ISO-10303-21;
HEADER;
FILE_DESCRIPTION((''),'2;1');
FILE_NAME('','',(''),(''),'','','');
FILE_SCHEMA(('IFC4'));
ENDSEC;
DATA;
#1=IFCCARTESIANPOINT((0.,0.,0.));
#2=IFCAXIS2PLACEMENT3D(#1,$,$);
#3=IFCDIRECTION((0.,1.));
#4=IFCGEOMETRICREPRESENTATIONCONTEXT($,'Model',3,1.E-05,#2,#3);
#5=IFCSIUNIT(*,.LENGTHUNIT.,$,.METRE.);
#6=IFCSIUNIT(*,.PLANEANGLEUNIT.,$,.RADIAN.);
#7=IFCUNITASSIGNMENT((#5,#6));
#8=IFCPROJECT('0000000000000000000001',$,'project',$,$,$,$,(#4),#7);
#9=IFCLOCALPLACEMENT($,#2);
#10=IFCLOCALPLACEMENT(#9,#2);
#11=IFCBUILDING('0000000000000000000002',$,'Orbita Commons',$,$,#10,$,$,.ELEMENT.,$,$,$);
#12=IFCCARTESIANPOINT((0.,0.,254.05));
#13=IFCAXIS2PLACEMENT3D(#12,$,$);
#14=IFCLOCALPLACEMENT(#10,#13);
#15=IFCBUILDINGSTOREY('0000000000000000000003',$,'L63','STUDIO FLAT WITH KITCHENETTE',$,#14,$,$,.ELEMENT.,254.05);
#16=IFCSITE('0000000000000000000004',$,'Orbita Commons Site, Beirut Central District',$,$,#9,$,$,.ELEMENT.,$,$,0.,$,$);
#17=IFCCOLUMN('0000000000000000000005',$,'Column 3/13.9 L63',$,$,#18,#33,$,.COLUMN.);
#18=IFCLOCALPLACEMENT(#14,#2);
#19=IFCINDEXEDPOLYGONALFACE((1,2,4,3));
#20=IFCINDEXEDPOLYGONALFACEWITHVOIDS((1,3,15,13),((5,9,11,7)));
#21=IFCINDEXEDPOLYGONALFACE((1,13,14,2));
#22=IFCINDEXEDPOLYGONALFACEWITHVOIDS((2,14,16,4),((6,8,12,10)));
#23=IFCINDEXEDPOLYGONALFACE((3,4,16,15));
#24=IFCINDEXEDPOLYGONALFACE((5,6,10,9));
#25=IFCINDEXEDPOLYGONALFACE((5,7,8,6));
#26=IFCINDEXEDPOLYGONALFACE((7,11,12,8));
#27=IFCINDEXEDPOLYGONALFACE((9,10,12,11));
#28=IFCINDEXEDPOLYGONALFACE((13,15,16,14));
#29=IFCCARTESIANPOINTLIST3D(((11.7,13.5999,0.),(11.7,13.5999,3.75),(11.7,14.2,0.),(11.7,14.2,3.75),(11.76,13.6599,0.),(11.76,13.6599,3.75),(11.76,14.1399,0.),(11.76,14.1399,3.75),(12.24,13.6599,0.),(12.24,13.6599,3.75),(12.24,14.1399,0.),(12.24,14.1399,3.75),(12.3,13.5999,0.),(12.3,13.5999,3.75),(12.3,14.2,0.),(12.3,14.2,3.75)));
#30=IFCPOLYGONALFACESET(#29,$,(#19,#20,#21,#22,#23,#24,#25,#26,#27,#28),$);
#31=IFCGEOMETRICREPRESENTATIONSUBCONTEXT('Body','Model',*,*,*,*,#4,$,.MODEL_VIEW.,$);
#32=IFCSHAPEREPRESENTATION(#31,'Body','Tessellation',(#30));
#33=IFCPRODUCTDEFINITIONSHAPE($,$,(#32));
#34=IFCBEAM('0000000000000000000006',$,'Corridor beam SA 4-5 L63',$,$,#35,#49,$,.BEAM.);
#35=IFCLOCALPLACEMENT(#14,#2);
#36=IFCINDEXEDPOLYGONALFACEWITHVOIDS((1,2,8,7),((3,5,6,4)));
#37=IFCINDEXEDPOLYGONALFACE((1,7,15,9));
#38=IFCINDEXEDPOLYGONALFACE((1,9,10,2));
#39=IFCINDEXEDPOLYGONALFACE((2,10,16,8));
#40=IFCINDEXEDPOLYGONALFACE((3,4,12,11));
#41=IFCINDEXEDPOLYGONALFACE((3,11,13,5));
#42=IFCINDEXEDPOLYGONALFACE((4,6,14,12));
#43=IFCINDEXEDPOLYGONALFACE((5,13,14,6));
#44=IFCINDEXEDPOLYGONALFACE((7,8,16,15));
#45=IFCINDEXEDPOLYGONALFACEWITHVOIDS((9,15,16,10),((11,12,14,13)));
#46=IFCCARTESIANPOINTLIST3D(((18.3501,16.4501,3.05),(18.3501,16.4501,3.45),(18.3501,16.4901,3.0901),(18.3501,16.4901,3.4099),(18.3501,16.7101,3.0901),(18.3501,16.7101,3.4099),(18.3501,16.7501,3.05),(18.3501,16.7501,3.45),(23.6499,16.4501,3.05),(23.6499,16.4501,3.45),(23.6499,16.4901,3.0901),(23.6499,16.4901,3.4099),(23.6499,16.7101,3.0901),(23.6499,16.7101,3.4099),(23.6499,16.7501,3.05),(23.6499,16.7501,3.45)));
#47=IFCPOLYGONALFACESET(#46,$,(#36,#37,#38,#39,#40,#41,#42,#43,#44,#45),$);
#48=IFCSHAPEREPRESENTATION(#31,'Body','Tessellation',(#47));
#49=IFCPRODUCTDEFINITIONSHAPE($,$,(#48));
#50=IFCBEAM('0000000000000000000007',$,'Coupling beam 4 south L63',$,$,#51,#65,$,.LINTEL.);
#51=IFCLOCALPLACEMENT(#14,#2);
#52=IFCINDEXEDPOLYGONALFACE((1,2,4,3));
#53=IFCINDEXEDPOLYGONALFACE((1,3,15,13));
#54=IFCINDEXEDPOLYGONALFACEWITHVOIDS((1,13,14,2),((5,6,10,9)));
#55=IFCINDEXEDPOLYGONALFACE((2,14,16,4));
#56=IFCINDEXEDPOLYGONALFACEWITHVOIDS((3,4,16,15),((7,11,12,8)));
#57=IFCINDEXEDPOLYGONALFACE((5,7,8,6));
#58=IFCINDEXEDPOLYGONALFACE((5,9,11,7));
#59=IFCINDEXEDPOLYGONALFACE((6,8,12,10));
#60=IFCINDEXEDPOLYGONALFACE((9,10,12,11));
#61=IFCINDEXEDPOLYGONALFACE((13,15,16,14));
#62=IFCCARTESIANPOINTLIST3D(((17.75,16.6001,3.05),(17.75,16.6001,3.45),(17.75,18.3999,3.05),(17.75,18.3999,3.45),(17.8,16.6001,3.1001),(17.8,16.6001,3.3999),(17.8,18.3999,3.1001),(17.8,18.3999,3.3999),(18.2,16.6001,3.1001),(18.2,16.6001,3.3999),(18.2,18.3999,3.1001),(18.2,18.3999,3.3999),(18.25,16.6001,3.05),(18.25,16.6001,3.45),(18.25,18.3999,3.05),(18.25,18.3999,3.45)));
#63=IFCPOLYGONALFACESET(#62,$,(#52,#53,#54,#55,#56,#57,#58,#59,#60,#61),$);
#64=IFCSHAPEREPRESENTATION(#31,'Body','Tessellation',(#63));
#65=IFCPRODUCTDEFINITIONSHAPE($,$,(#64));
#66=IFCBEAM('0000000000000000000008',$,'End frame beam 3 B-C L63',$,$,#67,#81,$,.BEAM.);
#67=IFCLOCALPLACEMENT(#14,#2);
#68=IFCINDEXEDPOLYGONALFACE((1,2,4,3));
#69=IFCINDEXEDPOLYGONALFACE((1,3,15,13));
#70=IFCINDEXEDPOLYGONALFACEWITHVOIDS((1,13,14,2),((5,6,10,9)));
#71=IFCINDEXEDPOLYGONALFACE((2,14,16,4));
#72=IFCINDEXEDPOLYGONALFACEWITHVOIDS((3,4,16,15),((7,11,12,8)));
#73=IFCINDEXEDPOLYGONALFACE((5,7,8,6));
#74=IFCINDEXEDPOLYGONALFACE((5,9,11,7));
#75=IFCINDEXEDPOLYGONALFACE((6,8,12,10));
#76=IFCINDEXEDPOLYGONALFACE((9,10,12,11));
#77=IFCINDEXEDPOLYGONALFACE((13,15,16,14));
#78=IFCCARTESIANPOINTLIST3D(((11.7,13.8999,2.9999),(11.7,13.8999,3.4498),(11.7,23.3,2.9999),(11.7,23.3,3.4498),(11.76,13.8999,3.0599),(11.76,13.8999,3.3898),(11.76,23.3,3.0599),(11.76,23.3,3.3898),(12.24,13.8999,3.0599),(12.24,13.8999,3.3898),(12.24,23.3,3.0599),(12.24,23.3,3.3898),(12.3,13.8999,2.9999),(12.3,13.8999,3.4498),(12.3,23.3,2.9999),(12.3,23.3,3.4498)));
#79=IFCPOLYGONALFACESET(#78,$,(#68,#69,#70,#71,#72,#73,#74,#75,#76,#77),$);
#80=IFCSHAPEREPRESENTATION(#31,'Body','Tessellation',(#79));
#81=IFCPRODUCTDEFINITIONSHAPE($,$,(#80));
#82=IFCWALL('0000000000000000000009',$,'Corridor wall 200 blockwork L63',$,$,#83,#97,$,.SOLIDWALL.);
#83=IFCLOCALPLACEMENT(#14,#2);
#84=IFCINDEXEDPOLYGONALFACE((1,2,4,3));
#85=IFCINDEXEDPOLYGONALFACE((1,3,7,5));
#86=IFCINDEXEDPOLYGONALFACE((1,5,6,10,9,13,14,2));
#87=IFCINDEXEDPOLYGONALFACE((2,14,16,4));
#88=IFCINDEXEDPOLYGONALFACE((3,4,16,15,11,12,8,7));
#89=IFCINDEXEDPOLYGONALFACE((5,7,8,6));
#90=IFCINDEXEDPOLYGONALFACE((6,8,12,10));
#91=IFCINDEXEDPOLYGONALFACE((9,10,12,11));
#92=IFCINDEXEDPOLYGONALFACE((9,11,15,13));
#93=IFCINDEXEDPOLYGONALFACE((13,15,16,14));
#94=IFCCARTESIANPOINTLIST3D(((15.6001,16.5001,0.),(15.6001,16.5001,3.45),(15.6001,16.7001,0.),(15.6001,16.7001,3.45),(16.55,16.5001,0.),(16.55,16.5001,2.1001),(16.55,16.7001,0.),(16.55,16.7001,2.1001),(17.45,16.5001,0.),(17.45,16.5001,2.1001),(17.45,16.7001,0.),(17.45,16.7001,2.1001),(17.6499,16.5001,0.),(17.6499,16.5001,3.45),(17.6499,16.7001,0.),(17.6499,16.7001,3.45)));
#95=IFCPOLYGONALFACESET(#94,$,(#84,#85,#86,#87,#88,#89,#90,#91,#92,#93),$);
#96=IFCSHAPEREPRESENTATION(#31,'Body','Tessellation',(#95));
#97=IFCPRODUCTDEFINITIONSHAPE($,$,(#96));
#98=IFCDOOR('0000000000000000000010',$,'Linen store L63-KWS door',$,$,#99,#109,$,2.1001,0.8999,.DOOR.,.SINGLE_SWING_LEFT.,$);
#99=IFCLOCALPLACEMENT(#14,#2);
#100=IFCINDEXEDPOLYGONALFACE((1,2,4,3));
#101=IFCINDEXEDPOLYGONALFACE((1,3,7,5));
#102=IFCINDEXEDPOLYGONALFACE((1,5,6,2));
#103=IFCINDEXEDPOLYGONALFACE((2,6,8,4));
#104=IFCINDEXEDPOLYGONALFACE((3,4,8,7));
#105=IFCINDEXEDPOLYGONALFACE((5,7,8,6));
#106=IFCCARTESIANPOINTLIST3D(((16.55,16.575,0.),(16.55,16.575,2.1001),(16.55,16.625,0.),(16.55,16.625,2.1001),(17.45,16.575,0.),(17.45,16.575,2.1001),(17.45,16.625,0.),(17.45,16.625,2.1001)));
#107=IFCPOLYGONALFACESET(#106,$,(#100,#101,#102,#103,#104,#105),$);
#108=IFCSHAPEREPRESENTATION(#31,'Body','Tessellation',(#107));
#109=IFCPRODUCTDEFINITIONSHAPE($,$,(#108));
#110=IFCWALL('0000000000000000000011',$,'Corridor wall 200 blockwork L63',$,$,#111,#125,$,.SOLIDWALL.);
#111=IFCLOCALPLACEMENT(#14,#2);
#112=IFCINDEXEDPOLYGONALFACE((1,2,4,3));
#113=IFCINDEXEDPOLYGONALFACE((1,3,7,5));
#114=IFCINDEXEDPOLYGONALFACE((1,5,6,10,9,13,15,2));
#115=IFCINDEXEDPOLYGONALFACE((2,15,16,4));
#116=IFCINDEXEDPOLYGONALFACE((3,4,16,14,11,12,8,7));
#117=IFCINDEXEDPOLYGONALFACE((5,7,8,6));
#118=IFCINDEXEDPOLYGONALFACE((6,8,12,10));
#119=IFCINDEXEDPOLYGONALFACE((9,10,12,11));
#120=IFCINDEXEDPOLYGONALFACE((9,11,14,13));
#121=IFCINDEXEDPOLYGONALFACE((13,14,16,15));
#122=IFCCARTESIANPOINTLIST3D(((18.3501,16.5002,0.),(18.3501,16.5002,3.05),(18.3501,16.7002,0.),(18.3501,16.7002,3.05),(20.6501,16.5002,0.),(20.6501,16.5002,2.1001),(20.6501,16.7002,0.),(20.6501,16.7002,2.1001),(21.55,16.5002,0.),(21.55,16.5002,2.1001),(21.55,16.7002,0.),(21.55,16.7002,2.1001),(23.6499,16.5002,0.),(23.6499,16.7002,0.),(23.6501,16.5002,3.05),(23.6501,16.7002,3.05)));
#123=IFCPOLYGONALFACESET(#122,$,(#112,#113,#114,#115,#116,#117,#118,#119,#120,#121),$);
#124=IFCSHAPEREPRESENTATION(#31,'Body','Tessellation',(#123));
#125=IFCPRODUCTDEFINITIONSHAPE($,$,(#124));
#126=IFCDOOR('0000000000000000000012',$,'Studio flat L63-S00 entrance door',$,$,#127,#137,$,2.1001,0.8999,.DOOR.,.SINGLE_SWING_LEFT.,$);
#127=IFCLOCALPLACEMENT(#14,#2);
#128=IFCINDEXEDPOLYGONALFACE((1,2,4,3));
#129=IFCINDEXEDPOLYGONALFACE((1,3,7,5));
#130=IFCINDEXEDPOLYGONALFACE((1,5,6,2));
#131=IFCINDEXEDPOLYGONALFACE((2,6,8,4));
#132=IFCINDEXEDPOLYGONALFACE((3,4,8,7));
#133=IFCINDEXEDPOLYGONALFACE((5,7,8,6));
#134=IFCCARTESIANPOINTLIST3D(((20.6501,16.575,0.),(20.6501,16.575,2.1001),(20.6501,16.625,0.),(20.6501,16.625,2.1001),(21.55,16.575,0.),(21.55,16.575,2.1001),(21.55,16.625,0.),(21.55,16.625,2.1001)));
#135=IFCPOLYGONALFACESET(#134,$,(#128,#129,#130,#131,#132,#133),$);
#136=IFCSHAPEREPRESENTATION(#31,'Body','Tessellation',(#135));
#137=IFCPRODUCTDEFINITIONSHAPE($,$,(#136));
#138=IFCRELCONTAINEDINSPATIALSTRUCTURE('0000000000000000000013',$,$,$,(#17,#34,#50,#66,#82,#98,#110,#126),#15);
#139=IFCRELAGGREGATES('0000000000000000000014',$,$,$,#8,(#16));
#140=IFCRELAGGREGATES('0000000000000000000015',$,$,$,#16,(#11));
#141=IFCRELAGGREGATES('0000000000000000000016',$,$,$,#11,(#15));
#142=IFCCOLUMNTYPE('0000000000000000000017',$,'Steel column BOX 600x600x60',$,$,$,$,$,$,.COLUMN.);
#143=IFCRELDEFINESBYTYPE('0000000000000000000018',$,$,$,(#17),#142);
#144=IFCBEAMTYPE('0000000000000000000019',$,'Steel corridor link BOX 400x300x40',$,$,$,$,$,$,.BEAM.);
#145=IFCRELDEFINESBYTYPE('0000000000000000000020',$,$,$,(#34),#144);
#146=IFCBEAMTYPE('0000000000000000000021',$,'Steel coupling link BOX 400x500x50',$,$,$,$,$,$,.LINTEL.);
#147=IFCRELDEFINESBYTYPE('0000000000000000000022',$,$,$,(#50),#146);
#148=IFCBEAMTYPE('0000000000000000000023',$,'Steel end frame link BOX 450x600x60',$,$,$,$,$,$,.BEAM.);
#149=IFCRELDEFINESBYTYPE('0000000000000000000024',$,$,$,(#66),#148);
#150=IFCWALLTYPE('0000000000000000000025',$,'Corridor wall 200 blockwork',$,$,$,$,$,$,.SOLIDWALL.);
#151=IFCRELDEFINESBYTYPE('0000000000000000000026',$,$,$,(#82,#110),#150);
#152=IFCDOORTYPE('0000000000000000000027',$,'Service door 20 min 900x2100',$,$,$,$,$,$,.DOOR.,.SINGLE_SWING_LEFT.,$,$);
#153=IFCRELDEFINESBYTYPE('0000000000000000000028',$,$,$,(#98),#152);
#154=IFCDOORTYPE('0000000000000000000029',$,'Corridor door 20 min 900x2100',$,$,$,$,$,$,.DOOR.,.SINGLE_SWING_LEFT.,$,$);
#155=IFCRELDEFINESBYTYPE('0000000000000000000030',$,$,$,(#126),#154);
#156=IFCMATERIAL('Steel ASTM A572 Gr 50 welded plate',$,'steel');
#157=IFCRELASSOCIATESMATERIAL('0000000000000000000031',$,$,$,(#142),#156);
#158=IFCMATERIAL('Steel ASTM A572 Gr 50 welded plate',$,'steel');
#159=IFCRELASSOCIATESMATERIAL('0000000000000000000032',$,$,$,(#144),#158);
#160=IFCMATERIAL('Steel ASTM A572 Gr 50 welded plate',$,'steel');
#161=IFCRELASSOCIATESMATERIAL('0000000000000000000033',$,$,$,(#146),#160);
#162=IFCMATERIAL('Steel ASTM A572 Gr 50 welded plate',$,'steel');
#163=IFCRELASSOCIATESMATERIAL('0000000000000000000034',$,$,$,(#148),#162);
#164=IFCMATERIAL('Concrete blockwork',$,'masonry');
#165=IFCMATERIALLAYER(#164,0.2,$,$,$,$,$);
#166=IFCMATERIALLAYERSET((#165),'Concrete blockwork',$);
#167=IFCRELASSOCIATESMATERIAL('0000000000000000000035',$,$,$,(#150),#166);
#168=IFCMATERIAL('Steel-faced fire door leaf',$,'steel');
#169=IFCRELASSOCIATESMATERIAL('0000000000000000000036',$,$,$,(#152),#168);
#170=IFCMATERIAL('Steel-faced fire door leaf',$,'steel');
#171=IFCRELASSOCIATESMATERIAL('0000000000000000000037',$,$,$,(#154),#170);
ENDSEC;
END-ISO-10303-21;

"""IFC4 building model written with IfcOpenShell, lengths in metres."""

from ifc_helpers import new_model, si_unit, direction, frame, frame_2d, origin, origin_2d, place, context, subcontext, project, spatial, polyline, rectangle, hollow_rectangle, outline, extrude, material, layer, layer_set, material_profile, profile_set, type_object, element, fill, save


model = new_model("IFC4")

# Units and contexts
model_context = context("Model", 3, precision=1e-05, world=origin(), true_north=direction((0.0, 1.0)))
body_context = subcontext(model_context, "Body", "Model", "MODEL_VIEW")
ifc_project = project(units=[si_unit("LENGTHUNIT", "METRE"), si_unit("PLANEANGLEUNIT", "RADIAN")], contexts=[model_context])

# Site, building, storey
site_placement = place(None, origin())
site = spatial("IfcSite", under=ifc_project, at=site_placement, Name="Orbita Commons Site, Beirut Central District", CompositionType="ELEMENT", RefElevation=0.0)
building_placement = place(site_placement, origin())
building = spatial("IfcBuilding", under=site, at=building_placement, Name="Orbita Commons", CompositionType="ELEMENT")
storey_placement = place(building_placement, frame((0.0, 0.0, 254.05)))
storey = spatial("IfcBuildingStorey", under=building, at=storey_placement, Name="L63", Description="STUDIO FLAT WITH KITCHENETTE", CompositionType="ELEMENT", Elevation=254.05)

# Column
ifc_material_1 = material(Name="Steel ASTM A572 Gr 50 welded plate", Category="steel")
ifc_material_profile_1 = material_profile(ifc_material_1, hollow_rectangle(XDim=0.6001, YDim=0.6001, WallThickness=0.0601, at=origin_2d()), Name="BOX 600x600x60")
ifc_profile_set_1 = profile_set([ifc_material_profile_1], Name="Steel ASTM A572 Gr 50 welded plate")
column_type = type_object("IfcColumnType", Name="Steel column BOX 600x600x60", PredefinedType="COLUMN", material=ifc_profile_set_1)
column_placement = place(storey_placement, frame((12.0, 13.8999, 0.0), z_axis=(0.0, 0.0, 1.0), x_axis=(1.0, 0.0, 0.0)))
element("IfcColumn", 1, at=column_placement, inside=storey, type_object=column_type, Name="Column 3/13.9 L63", PredefinedType="COLUMN", context=body_context, shape_type="SweptSolid", body=[
    extrude(hollow_rectangle(XDim=0.6001, YDim=0.6001, WallThickness=0.0601, at=origin_2d()), origin(), (0.0, 0.0, 1.0), 3.75),
])

# Beams
ifc_material_2 = material(Name="Steel ASTM A572 Gr 50 welded plate", Category="steel")
ifc_material_profile_2 = material_profile(ifc_material_2, hollow_rectangle(XDim=0.3, YDim=0.3999, WallThickness=0.04, at=origin_2d()), Name="BOX 400x300x40")
ifc_profile_set_2 = profile_set([ifc_material_profile_2], Name="Steel ASTM A572 Gr 50 welded plate")
beam_type_1 = type_object("IfcBeamType", Name="Steel corridor link BOX 400x300x40", PredefinedType="BEAM", material=ifc_profile_set_2)
beam_1_placement = place(storey_placement, frame((18.3501, 16.6001, 3.25), z_axis=(1.0, 0.0, 0.0), x_axis=(0.0, 1.0, 0.0)))
element("IfcBeam", 2, at=beam_1_placement, inside=storey, type_object=beam_type_1, Name="Corridor beam SA 4-5 L63", PredefinedType="BEAM", context=body_context, shape_type="SweptSolid", body=[
    extrude(hollow_rectangle(XDim=0.3, YDim=0.3999, WallThickness=0.04, at=origin_2d()), origin(), (0.0, 0.0, 1.0), 5.2998),
])
ifc_material_3 = material(Name="Steel ASTM A572 Gr 50 welded plate", Category="steel")
ifc_material_profile_3 = material_profile(ifc_material_3, hollow_rectangle(XDim=0.5, YDim=0.3999, WallThickness=0.05, at=origin_2d()), Name="BOX 400x500x50")
ifc_profile_set_3 = profile_set([ifc_material_profile_3], Name="Steel ASTM A572 Gr 50 welded plate")
beam_type_2 = type_object("IfcBeamType", Name="Steel coupling link BOX 400x500x50", PredefinedType="LINTEL", material=ifc_profile_set_3)
beam_2_placement = place(storey_placement, frame((18.0, 16.6001, 3.25), z_axis=(0.0, 1.0, 0.0), x_axis=(-1.0, 0.0, 0.0)))
element("IfcBeam", 3, at=beam_2_placement, inside=storey, type_object=beam_type_2, Name="Coupling beam 4 south L63", PredefinedType="LINTEL", context=body_context, shape_type="SweptSolid", body=[
    extrude(hollow_rectangle(XDim=0.5, YDim=0.3999, WallThickness=0.05, at=origin_2d()), origin(), (0.0, 0.0, 1.0), 1.7998),
])
ifc_material_4 = material(Name="Steel ASTM A572 Gr 50 welded plate", Category="steel")
ifc_material_profile_4 = material_profile(ifc_material_4, hollow_rectangle(XDim=0.6001, YDim=0.45, WallThickness=0.0601, at=origin_2d()), Name="BOX 450x600x60")
ifc_profile_set_4 = profile_set([ifc_material_profile_4], Name="Steel ASTM A572 Gr 50 welded plate")
beam_type_3 = type_object("IfcBeamType", Name="Steel end frame link BOX 450x600x60", PredefinedType="BEAM", material=ifc_profile_set_4)
beam_3_placement = place(storey_placement, frame((12.0, 13.8999, 3.2249), z_axis=(0.0, 1.0, 0.0), x_axis=(-1.0, 0.0, 0.0)))
element("IfcBeam", 4, at=beam_3_placement, inside=storey, type_object=beam_type_3, Name="End frame beam 3 B-C L63", PredefinedType="BEAM", context=body_context, shape_type="SweptSolid", body=[
    extrude(hollow_rectangle(XDim=0.6001, YDim=0.45, WallThickness=0.0601, at=origin_2d()), origin(), (0.0, 0.0, 1.0), 9.4001),
])

# Walls, openings, doors
ifc_material_5 = material(Name="Concrete blockwork", Category="masonry")
ifc_layer_1 = layer(ifc_material_5, 0.2)
ifc_layer_set_1 = layer_set([ifc_layer_1], Name="Concrete blockwork")
wall_type_1 = type_object("IfcWallType", Name="Corridor wall 200 blockwork", PredefinedType="SOLIDWALL", material=ifc_layer_set_1)
wall_1_placement = place(storey_placement, frame((15.6001, 16.6001, 0.0), z_axis=(0.0, 0.0, 1.0), x_axis=(1.0, 0.0, 0.0)))
wall_1 = element("IfcWall", 5, at=wall_1_placement, inside=storey, type_object=wall_type_1, Name="Corridor wall 200 blockwork L63", PredefinedType="SOLIDWALL", context=body_context, shape_type="SweptSolid", body=[
    extrude(rectangle(XDim=2.0498, YDim=0.2, at=frame_2d((1.0249, 0.0))), origin(), (0.0, 0.0, 1.0), 3.45),
])
opening_1_placement = place(wall_1_placement, frame((0.95, 0.0, 0.0)))
opening_1 = element("IfcOpeningElement", 6, at=opening_1_placement, cuts=wall_1, PredefinedType="OPENING", context=body_context, shape_type="SweptSolid", body=[
    extrude(rectangle(XDim=0.8999, YDim=2.1001, at=frame_2d((0.45, 1.05))), frame((0.0, 0.1099, 0.0), z_axis=(0.0, -1.0, 0.0), x_axis=(1.0, 0.0, 0.0)), (0.0, 0.0, 1.0), 0.22),
])
ifc_material_6 = material(Name="Steel-faced fire door leaf", Category="steel")
door_type_1 = type_object("IfcDoorType", Name="Service door 20 min 900x2100", OperationType="SINGLE_SWING_LEFT", PredefinedType="DOOR", material=ifc_material_6)
door_1_placement = place(opening_1_placement, origin())
door_1 = element("IfcDoor", 7, at=door_1_placement, inside=storey, type_object=door_type_1, Name="Linen store L63-KWS door", OperationType="SINGLE_SWING_LEFT", OverallHeight=2.1001, OverallWidth=0.8999, PredefinedType="DOOR", context=body_context, shape_type="SweptSolid", body=[
    extrude(rectangle(XDim=0.8999, YDim=2.1001, at=frame_2d((0.45, 1.05))), frame((0.0, 0.0249, 0.0), z_axis=(0.0, -1.0, 0.0), x_axis=(1.0, 0.0, 0.0)), (0.0, 0.0, 1.0), 0.05),
])
fill(opening_1, door_1)
wall_2_placement = place(storey_placement, frame((18.3501, 16.6001, 0.0), z_axis=(0.0, 0.0, 1.0), x_axis=(1.0, 0.0, 0.0)))
wall_2 = element("IfcWall", 8, at=wall_2_placement, inside=storey, type_object=wall_type_1, Name="Corridor wall 200 blockwork L63", PredefinedType="SOLIDWALL", context=body_context, shape_type="SweptSolid", body=[
    extrude(outline(polyline([(0.0, 0.0), (5.2998, 0.0), (5.3, 3.05), (0.0, 3.05), (0.0, 0.0)])), frame((0.0, 0.1001, 0.0), z_axis=(0.0, -1.0, 0.0), x_axis=(1.0, 0.0, 0.0)), (0.0, 0.0, 1.0), 0.2),
])
opening_2_placement = place(wall_2_placement, frame((2.3, 0.0, 0.0)))
opening_2 = element("IfcOpeningElement", 9, at=opening_2_placement, cuts=wall_2, PredefinedType="OPENING", context=body_context, shape_type="SweptSolid", body=[
    extrude(rectangle(XDim=0.8999, YDim=2.1001, at=frame_2d((0.45, 1.05))), frame((0.0, 0.1099, 0.0), z_axis=(0.0, -1.0, 0.0), x_axis=(1.0, 0.0, 0.0)), (0.0, 0.0, 1.0), 0.22),
])
ifc_material_7 = material(Name="Steel-faced fire door leaf", Category="steel")
door_type_2 = type_object("IfcDoorType", Name="Corridor door 20 min 900x2100", OperationType="SINGLE_SWING_LEFT", PredefinedType="DOOR", material=ifc_material_7)
door_2_placement = place(opening_2_placement, origin())
door_2 = element("IfcDoor", 10, at=door_2_placement, inside=storey, type_object=door_type_2, Name="Studio flat L63-S00 entrance door", OperationType="SINGLE_SWING_LEFT", OverallHeight=2.1001, OverallWidth=0.8999, PredefinedType="DOOR", context=body_context, shape_type="SweptSolid", body=[
    extrude(rectangle(XDim=0.8999, YDim=2.1001, at=frame_2d((0.45, 1.05))), frame((0.0, 0.0249, 0.0), z_axis=(0.0, -1.0, 0.0), x_axis=(1.0, 0.0, 0.0)), (0.0, 0.0, 1.0), 0.05),
])
fill(opening_2, door_2)

save(model, "model.ifc")
